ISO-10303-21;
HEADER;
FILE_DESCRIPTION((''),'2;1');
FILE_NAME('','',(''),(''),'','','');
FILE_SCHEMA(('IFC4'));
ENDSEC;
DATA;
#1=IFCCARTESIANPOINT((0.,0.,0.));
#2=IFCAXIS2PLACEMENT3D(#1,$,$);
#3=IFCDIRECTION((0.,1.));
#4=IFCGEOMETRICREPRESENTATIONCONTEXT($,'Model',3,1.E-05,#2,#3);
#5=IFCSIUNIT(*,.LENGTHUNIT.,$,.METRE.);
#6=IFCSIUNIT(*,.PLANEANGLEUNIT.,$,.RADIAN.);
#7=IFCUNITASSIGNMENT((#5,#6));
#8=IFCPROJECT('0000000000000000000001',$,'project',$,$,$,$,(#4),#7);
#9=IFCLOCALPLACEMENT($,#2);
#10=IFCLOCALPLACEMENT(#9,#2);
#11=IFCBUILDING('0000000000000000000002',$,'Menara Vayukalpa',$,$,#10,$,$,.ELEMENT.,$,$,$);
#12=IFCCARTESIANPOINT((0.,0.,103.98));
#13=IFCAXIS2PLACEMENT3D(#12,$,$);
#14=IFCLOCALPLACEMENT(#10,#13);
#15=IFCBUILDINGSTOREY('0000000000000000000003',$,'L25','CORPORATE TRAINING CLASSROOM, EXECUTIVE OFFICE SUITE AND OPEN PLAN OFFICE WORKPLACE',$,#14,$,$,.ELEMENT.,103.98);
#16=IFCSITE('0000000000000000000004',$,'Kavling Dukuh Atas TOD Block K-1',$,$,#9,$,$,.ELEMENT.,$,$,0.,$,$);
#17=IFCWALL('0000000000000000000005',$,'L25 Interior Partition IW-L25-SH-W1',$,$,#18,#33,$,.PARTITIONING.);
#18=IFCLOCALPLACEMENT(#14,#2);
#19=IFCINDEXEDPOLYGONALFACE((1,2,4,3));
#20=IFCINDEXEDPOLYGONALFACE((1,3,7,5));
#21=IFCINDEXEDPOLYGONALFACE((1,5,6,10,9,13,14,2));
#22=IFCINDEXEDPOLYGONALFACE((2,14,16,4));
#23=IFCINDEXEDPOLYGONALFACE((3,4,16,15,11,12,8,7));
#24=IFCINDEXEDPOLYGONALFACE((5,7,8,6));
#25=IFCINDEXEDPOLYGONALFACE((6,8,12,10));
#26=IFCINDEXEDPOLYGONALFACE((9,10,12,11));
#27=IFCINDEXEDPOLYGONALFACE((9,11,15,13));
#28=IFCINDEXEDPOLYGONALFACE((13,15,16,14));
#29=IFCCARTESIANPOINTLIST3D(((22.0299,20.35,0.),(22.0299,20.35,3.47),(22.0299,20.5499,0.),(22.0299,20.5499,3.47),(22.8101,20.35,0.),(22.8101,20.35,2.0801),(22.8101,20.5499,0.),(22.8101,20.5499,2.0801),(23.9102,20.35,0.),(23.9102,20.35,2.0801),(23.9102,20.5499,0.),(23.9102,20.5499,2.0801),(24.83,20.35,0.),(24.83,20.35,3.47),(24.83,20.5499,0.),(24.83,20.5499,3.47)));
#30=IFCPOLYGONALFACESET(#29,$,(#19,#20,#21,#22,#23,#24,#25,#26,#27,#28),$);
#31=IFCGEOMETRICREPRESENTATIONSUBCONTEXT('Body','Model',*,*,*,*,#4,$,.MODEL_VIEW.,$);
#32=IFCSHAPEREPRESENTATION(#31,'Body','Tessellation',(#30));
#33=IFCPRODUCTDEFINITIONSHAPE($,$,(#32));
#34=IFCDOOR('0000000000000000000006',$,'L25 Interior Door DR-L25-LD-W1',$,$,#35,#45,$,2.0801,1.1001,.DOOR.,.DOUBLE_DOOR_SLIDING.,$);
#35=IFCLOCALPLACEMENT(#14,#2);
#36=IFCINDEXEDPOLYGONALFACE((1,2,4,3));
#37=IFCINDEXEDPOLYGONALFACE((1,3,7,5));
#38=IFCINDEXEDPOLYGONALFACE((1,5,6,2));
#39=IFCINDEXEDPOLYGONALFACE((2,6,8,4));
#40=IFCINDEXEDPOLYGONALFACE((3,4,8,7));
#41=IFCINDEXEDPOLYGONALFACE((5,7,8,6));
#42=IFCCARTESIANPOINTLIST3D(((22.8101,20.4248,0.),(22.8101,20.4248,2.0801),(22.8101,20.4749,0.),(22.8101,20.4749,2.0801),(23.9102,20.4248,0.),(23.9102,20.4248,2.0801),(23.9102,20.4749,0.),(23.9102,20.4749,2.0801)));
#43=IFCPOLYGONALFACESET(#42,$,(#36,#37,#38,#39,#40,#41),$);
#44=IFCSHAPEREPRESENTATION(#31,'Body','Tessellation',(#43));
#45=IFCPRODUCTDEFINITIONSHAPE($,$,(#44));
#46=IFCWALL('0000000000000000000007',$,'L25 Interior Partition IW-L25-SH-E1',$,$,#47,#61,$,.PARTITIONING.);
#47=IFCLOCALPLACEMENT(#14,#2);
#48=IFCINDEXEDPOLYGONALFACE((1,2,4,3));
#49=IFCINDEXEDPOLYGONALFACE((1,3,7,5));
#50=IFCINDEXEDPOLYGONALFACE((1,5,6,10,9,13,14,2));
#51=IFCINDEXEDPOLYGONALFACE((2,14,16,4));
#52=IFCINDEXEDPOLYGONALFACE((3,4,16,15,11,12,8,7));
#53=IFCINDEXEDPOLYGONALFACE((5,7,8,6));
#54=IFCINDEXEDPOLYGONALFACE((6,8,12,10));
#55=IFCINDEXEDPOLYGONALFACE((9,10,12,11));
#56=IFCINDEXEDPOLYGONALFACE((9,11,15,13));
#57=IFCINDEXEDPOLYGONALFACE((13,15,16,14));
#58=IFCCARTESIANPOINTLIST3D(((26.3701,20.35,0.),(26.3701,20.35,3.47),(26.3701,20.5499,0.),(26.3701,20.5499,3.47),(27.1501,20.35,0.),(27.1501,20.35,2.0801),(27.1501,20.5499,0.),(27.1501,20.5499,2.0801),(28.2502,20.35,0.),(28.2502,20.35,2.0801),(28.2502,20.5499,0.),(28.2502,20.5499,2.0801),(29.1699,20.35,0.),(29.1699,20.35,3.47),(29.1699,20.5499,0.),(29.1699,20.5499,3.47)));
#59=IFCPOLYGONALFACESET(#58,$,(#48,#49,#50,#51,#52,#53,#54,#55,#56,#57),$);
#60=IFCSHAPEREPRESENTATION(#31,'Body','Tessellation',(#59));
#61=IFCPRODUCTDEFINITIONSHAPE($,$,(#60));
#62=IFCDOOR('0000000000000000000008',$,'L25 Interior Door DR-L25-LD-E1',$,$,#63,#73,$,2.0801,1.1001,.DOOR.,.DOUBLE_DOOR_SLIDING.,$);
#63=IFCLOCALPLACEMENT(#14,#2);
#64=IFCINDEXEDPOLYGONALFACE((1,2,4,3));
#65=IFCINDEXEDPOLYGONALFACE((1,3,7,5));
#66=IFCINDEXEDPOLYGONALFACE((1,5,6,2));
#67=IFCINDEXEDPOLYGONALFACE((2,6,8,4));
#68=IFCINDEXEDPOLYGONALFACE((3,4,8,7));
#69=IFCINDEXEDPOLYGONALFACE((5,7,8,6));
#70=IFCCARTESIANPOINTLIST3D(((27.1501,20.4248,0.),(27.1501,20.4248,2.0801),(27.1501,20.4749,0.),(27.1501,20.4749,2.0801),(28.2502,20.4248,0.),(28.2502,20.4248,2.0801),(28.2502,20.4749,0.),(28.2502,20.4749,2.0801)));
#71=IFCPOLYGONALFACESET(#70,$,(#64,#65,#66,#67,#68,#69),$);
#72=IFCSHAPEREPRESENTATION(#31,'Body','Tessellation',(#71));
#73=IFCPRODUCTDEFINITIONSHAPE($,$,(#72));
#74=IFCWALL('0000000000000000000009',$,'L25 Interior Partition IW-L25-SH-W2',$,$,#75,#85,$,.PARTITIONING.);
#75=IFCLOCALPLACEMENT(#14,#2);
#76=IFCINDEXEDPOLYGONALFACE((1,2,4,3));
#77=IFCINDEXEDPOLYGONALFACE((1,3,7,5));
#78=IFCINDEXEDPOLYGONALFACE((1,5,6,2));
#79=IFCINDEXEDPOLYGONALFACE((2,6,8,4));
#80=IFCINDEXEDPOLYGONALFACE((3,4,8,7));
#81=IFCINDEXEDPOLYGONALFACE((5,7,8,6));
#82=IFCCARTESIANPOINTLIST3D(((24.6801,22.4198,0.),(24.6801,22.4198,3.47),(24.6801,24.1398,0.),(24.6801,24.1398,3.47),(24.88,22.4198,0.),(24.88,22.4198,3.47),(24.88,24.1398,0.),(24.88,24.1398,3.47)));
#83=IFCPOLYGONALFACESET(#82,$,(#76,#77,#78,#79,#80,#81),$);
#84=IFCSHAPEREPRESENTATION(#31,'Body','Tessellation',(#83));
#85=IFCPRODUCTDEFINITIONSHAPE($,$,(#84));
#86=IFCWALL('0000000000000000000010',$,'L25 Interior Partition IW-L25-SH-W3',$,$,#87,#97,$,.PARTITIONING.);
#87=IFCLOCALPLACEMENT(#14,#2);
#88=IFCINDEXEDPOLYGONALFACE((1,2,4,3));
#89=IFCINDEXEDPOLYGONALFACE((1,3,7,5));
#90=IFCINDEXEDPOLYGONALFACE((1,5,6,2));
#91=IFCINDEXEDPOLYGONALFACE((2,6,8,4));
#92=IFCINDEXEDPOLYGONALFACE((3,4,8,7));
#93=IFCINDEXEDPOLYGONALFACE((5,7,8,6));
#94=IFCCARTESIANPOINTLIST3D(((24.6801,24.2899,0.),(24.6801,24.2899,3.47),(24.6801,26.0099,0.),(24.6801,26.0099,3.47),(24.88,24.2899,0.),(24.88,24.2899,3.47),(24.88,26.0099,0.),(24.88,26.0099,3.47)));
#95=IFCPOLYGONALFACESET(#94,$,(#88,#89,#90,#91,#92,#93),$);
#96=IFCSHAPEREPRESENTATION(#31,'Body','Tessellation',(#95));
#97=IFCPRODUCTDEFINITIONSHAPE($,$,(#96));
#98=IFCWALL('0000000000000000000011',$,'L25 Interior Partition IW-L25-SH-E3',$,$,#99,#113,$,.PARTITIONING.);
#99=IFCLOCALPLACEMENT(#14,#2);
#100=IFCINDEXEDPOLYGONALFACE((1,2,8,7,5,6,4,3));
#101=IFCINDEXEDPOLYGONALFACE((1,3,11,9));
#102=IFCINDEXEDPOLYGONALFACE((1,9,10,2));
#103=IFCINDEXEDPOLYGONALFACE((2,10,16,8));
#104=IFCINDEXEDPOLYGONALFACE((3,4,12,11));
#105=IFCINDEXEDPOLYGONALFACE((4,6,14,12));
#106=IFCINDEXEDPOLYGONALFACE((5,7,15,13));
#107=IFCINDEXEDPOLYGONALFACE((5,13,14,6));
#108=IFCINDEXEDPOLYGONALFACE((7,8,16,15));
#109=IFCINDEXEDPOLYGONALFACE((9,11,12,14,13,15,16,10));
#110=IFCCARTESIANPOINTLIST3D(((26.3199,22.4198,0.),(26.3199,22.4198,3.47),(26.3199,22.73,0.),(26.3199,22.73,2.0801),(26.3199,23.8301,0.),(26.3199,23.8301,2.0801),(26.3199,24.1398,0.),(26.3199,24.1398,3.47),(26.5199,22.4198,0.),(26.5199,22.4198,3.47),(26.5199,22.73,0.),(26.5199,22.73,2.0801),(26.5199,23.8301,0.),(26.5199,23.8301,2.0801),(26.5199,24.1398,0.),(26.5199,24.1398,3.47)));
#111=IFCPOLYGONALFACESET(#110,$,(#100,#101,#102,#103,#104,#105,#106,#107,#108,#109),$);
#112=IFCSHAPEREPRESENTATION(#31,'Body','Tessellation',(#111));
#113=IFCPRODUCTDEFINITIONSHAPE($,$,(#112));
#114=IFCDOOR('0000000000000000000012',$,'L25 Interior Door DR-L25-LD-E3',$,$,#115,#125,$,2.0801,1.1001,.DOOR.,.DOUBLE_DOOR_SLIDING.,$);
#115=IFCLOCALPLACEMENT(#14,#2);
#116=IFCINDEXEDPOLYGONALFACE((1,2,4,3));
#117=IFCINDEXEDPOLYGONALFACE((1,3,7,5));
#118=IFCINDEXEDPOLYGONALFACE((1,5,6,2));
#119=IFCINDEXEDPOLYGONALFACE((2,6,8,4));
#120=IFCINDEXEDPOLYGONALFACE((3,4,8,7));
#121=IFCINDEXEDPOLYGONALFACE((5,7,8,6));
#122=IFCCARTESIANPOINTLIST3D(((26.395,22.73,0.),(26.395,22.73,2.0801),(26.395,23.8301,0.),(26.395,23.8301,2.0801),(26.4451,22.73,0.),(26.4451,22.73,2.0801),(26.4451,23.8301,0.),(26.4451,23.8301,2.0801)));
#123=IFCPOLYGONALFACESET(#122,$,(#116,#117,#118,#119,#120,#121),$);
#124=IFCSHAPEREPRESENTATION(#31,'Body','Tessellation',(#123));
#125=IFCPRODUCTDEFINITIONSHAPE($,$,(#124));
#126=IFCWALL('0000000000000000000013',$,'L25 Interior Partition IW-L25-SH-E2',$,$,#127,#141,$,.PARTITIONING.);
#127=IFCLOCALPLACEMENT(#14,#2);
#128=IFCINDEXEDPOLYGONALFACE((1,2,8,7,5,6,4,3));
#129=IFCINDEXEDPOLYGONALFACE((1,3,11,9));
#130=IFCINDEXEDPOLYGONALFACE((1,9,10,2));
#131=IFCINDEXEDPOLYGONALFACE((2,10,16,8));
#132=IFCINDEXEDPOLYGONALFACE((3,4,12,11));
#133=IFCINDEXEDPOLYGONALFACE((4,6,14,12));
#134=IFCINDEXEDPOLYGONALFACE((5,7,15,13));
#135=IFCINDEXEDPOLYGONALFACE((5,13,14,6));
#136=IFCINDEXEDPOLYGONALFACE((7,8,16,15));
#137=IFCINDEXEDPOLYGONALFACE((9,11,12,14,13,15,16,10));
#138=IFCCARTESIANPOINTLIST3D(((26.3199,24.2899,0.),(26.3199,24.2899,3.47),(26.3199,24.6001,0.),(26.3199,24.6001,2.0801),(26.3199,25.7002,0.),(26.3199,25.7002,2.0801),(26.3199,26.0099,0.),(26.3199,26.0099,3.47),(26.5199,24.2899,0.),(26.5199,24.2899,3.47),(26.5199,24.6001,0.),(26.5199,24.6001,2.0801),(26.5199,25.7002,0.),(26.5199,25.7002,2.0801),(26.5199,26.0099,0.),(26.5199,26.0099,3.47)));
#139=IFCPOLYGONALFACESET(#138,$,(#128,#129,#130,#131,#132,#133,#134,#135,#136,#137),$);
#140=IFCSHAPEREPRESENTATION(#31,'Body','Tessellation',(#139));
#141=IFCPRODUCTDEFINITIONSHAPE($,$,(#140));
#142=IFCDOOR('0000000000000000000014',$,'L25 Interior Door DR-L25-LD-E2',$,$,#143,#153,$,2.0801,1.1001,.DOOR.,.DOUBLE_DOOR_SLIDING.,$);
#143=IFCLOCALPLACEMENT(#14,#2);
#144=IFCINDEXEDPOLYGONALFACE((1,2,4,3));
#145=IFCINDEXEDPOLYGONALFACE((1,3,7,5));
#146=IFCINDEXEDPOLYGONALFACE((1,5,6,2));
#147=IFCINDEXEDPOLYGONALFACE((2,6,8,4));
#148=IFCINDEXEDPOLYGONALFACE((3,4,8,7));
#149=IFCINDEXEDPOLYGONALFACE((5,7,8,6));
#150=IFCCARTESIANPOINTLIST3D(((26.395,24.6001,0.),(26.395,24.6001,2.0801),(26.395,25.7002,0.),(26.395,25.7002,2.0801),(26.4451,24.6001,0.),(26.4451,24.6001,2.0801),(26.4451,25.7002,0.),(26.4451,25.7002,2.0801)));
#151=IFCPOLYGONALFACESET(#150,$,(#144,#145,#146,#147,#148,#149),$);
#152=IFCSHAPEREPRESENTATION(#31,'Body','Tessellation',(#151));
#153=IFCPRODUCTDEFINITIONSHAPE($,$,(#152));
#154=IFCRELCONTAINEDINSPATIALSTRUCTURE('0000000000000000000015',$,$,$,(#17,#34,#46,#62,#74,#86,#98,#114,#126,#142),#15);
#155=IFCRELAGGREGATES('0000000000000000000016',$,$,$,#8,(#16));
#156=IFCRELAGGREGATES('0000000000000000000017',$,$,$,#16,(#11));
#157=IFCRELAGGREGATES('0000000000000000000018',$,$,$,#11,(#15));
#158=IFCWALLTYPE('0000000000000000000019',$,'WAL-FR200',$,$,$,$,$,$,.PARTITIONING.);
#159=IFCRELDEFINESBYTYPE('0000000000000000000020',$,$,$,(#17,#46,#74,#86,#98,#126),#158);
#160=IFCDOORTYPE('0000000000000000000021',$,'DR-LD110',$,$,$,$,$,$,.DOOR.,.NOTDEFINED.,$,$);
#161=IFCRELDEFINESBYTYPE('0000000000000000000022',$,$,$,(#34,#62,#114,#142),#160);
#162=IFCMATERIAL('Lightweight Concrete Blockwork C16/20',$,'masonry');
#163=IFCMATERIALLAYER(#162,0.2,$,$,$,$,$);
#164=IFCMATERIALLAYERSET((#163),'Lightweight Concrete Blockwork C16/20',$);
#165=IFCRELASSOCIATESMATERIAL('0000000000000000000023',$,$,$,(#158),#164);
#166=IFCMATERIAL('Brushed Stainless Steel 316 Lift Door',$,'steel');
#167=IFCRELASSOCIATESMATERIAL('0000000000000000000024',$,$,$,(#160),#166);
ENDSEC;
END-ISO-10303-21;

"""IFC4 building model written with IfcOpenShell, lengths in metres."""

from ifc_helpers import new_model, si_unit, direction, frame, frame_2d, origin, place, context, subcontext, project, spatial, rectangle, extrude, material, layer, layer_set, type_object, element, fill, save


model = new_model("IFC4")

# Units and contexts
model_context = context("Model", 3, precision=1e-05, world=origin(), true_north=direction((0.0, 1.0)))
body_context = subcontext(model_context, "Body", "Model", "MODEL_VIEW")
ifc_project = project(units=[si_unit("LENGTHUNIT", "METRE"), si_unit("PLANEANGLEUNIT", "RADIAN")], contexts=[model_context])

# Site, building, storey
site_placement = place(None, origin())
site = spatial("IfcSite", under=ifc_project, at=site_placement, Name="Kavling Dukuh Atas TOD Block K-1", CompositionType="ELEMENT", RefElevation=0.0)
building_placement = place(site_placement, origin())
building = spatial("IfcBuilding", under=site, at=building_placement, Name="Menara Vayukalpa", CompositionType="ELEMENT")
storey_placement = place(building_placement, frame((0.0, 0.0, 103.98)))
storey = spatial("IfcBuildingStorey", under=building, at=storey_placement, Name="L25", Description="CORPORATE TRAINING CLASSROOM, EXECUTIVE OFFICE SUITE AND OPEN PLAN OFFICE WORKPLACE", CompositionType="ELEMENT", Elevation=103.98)

# Walls, openings, doors
ifc_material_1 = material(Name="Lightweight Concrete Blockwork C16/20", Category="masonry")
ifc_layer_1 = layer(ifc_material_1, 0.2)
ifc_layer_set_1 = layer_set([ifc_layer_1], Name="Lightweight Concrete Blockwork C16/20")
wall_type_1 = type_object("IfcWallType", Name="WAL-FR200", PredefinedType="PARTITIONING", material=ifc_layer_set_1)
wall_1_placement = place(storey_placement, frame((22.03, 20.45, 0.0), z_axis=(0.0, 0.0, 1.0), x_axis=(1.0, 0.0, 0.0)))
wall_1 = element("IfcWall", 1, at=wall_1_placement, inside=storey, type_object=wall_type_1, Name="L25 Interior Partition IW-L25-SH-W1", PredefinedType="PARTITIONING", context=body_context, shape_type="SweptSolid", body=[
    extrude(rectangle(XDim=2.8, YDim=0.2, at=frame_2d((1.3999, 0.0))), origin(), (0.0, 0.0, 1.0), 3.47),
])
opening_1_placement = place(wall_1_placement, frame((0.78, 0.0, 0.0)))
opening_1 = element("IfcOpeningElement", 2, at=opening_1_placement, cuts=wall_1, PredefinedType="OPENING", context=body_context, shape_type="SweptSolid", body=[
    extrude(rectangle(XDim=1.1001, YDim=2.0801, at=frame_2d((0.55, 1.04))), frame((0.0, 0.1099, 0.0), z_axis=(0.0, -1.0, 0.0), x_axis=(1.0, 0.0, 0.0)), (0.0, 0.0, 1.0), 0.22),
])
ifc_material_2 = material(Name="Brushed Stainless Steel 316 Lift Door", Category="steel")
door_type_1 = type_object("IfcDoorType", Name="DR-LD110", OperationType="NOTDEFINED", PredefinedType="DOOR", material=ifc_material_2)
door_1_placement = place(opening_1_placement, origin())
door_1 = element("IfcDoor", 3, at=door_1_placement, inside=storey, type_object=door_type_1, Name="L25 Interior Door DR-L25-LD-W1", OperationType="DOUBLE_DOOR_SLIDING", OverallHeight=2.0801, OverallWidth=1.1001, PredefinedType="DOOR", context=body_context, shape_type="SweptSolid", body=[
    extrude(rectangle(XDim=1.1001, YDim=2.0801, at=frame_2d((0.55, 1.04))), frame((0.0, 0.0249, 0.0), z_axis=(0.0, -1.0, 0.0), x_axis=(1.0, 0.0, 0.0)), (0.0, 0.0, 1.0), 0.05),
])
fill(opening_1, door_1)
wall_2_placement = place(storey_placement, frame((26.3701, 20.45, 0.0), z_axis=(0.0, 0.0, 1.0), x_axis=(1.0, 0.0, 0.0)))
wall_2 = element("IfcWall", 4, at=wall_2_placement, inside=storey, type_object=wall_type_1, Name="L25 Interior Partition IW-L25-SH-E1", PredefinedType="PARTITIONING", context=body_context, shape_type="SweptSolid", body=[
    extrude(rectangle(XDim=2.7998, YDim=0.2, at=frame_2d((1.3999, 0.0))), origin(), (0.0, 0.0, 1.0), 3.47),
])
opening_2_placement = place(wall_2_placement, frame((0.78, 0.0, 0.0)))
opening_2 = element("IfcOpeningElement", 5, at=opening_2_placement, cuts=wall_2, PredefinedType="OPENING", context=body_context, shape_type="SweptSolid", body=[
    extrude(rectangle(XDim=1.1001, YDim=2.0801, at=frame_2d((0.55, 1.04))), frame((0.0, 0.1099, 0.0), z_axis=(0.0, -1.0, 0.0), x_axis=(1.0, 0.0, 0.0)), (0.0, 0.0, 1.0), 0.22),
])
door_2_placement = place(opening_2_placement, origin())
door_2 = element("IfcDoor", 6, at=door_2_placement, inside=storey, type_object=door_type_1, Name="L25 Interior Door DR-L25-LD-E1", OperationType="DOUBLE_DOOR_SLIDING", OverallHeight=2.0801, OverallWidth=1.1001, PredefinedType="DOOR", context=body_context, shape_type="SweptSolid", body=[
    extrude(rectangle(XDim=1.1001, YDim=2.0801, at=frame_2d((0.55, 1.04))), frame((0.0, 0.0249, 0.0), z_axis=(0.0, -1.0, 0.0), x_axis=(1.0, 0.0, 0.0)), (0.0, 0.0, 1.0), 0.05),
])
fill(opening_2, door_2)

# Walls
for number, where, z_axis, x_axis, name in (
    (7, (24.78, 22.4199, 0.0), (0.0, 0.0, 1.0), (0.0, 1.0, 0.0), "L25 Interior Partition IW-L25-SH-W2"),
    (8, (24.78, 24.29, 0.0), (0.0, 0.0, 1.0), (0.0, 1.0, 0.0), "L25 Interior Partition IW-L25-SH-W3"),
):
    element("IfcWall", number, at=place(storey_placement, frame(where, z_axis=z_axis, x_axis=x_axis)), inside=storey, type_object=wall_type_1, Name=name, PredefinedType="PARTITIONING", context=body_context, shape_type="SweptSolid", body=[
        extrude(rectangle(XDim=1.72, YDim=0.2, at=frame_2d((0.8599, 0.0))), origin(), (0.0, 0.0, 1.0), 3.47),
    ])

# Walls, openings, doors
wall_3_placement = place(storey_placement, frame((26.4199, 22.4199, 0.0), z_axis=(0.0, 0.0, 1.0), x_axis=(0.0, 1.0, 0.0)))
wall_3 = element("IfcWall", 9, at=wall_3_placement, inside=storey, type_object=wall_type_1, Name="L25 Interior Partition IW-L25-SH-E3", PredefinedType="PARTITIONING", context=body_context, shape_type="SweptSolid", body=[
    extrude(rectangle(XDim=1.72, YDim=0.2, at=frame_2d((0.8599, 0.0))), origin(), (0.0, 0.0, 1.0), 3.47),
])
opening_3_placement = place(wall_3_placement, frame((0.3101, 0.0, 0.0)))
opening_3 = element("IfcOpeningElement", 10, at=opening_3_placement, cuts=wall_3, PredefinedType="OPENING", context=body_context, shape_type="SweptSolid", body=[
    extrude(rectangle(XDim=1.1001, YDim=2.0801, at=frame_2d((0.55, 1.04))), frame((0.0, 0.1099, 0.0), z_axis=(0.0, -1.0, 0.0), x_axis=(1.0, 0.0, 0.0)), (0.0, 0.0, 1.0), 0.22),
])
door_3_placement = place(opening_3_placement, origin())
door_3 = element("IfcDoor", 11, at=door_3_placement, inside=storey, type_object=door_type_1, Name="L25 Interior Door DR-L25-LD-E3", OperationType="DOUBLE_DOOR_SLIDING", OverallHeight=2.0801, OverallWidth=1.1001, PredefinedType="DOOR", context=body_context, shape_type="SweptSolid", body=[
    extrude(rectangle(XDim=1.1001, YDim=2.0801, at=frame_2d((0.55, 1.04))), frame((0.0, 0.0249, 0.0), z_axis=(0.0, -1.0, 0.0), x_axis=(1.0, 0.0, 0.0)), (0.0, 0.0, 1.0), 0.05),
])
fill(opening_3, door_3)
wall_4_placement = place(storey_placement, frame((26.4199, 24.29, 0.0), z_axis=(0.0, 0.0, 1.0), x_axis=(0.0, 1.0, 0.0)))
wall_4 = element("IfcWall", 12, at=wall_4_placement, inside=storey, type_object=wall_type_1, Name="L25 Interior Partition IW-L25-SH-E2", PredefinedType="PARTITIONING", context=body_context, shape_type="SweptSolid", body=[
    extrude(rectangle(XDim=1.72, YDim=0.2, at=frame_2d((0.8599, 0.0))), origin(), (0.0, 0.0, 1.0), 3.47),
])
opening_4_placement = place(wall_4_placement, frame((0.3101, 0.0, 0.0)))
opening_4 = element("IfcOpeningElement", 13, at=opening_4_placement, cuts=wall_4, PredefinedType="OPENING", context=body_context, shape_type="SweptSolid", body=[
    extrude(rectangle(XDim=1.1001, YDim=2.0801, at=frame_2d((0.55, 1.04))), frame((0.0, 0.1099, 0.0), z_axis=(0.0, -1.0, 0.0), x_axis=(1.0, 0.0, 0.0)), (0.0, 0.0, 1.0), 0.22),
])
door_4_placement = place(opening_4_placement, origin())
door_4 = element("IfcDoor", 14, at=door_4_placement, inside=storey, type_object=door_type_1, Name="L25 Interior Door DR-L25-LD-E2", OperationType="DOUBLE_DOOR_SLIDING", OverallHeight=2.0801, OverallWidth=1.1001, PredefinedType="DOOR", context=body_context, shape_type="SweptSolid", body=[
    extrude(rectangle(XDim=1.1001, YDim=2.0801, at=frame_2d((0.55, 1.04))), frame((0.0, 0.0249, 0.0), z_axis=(0.0, -1.0, 0.0), x_axis=(1.0, 0.0, 0.0)), (0.0, 0.0, 1.0), 0.05),
])
fill(opening_4, door_4)

save(model, "model.ifc")
